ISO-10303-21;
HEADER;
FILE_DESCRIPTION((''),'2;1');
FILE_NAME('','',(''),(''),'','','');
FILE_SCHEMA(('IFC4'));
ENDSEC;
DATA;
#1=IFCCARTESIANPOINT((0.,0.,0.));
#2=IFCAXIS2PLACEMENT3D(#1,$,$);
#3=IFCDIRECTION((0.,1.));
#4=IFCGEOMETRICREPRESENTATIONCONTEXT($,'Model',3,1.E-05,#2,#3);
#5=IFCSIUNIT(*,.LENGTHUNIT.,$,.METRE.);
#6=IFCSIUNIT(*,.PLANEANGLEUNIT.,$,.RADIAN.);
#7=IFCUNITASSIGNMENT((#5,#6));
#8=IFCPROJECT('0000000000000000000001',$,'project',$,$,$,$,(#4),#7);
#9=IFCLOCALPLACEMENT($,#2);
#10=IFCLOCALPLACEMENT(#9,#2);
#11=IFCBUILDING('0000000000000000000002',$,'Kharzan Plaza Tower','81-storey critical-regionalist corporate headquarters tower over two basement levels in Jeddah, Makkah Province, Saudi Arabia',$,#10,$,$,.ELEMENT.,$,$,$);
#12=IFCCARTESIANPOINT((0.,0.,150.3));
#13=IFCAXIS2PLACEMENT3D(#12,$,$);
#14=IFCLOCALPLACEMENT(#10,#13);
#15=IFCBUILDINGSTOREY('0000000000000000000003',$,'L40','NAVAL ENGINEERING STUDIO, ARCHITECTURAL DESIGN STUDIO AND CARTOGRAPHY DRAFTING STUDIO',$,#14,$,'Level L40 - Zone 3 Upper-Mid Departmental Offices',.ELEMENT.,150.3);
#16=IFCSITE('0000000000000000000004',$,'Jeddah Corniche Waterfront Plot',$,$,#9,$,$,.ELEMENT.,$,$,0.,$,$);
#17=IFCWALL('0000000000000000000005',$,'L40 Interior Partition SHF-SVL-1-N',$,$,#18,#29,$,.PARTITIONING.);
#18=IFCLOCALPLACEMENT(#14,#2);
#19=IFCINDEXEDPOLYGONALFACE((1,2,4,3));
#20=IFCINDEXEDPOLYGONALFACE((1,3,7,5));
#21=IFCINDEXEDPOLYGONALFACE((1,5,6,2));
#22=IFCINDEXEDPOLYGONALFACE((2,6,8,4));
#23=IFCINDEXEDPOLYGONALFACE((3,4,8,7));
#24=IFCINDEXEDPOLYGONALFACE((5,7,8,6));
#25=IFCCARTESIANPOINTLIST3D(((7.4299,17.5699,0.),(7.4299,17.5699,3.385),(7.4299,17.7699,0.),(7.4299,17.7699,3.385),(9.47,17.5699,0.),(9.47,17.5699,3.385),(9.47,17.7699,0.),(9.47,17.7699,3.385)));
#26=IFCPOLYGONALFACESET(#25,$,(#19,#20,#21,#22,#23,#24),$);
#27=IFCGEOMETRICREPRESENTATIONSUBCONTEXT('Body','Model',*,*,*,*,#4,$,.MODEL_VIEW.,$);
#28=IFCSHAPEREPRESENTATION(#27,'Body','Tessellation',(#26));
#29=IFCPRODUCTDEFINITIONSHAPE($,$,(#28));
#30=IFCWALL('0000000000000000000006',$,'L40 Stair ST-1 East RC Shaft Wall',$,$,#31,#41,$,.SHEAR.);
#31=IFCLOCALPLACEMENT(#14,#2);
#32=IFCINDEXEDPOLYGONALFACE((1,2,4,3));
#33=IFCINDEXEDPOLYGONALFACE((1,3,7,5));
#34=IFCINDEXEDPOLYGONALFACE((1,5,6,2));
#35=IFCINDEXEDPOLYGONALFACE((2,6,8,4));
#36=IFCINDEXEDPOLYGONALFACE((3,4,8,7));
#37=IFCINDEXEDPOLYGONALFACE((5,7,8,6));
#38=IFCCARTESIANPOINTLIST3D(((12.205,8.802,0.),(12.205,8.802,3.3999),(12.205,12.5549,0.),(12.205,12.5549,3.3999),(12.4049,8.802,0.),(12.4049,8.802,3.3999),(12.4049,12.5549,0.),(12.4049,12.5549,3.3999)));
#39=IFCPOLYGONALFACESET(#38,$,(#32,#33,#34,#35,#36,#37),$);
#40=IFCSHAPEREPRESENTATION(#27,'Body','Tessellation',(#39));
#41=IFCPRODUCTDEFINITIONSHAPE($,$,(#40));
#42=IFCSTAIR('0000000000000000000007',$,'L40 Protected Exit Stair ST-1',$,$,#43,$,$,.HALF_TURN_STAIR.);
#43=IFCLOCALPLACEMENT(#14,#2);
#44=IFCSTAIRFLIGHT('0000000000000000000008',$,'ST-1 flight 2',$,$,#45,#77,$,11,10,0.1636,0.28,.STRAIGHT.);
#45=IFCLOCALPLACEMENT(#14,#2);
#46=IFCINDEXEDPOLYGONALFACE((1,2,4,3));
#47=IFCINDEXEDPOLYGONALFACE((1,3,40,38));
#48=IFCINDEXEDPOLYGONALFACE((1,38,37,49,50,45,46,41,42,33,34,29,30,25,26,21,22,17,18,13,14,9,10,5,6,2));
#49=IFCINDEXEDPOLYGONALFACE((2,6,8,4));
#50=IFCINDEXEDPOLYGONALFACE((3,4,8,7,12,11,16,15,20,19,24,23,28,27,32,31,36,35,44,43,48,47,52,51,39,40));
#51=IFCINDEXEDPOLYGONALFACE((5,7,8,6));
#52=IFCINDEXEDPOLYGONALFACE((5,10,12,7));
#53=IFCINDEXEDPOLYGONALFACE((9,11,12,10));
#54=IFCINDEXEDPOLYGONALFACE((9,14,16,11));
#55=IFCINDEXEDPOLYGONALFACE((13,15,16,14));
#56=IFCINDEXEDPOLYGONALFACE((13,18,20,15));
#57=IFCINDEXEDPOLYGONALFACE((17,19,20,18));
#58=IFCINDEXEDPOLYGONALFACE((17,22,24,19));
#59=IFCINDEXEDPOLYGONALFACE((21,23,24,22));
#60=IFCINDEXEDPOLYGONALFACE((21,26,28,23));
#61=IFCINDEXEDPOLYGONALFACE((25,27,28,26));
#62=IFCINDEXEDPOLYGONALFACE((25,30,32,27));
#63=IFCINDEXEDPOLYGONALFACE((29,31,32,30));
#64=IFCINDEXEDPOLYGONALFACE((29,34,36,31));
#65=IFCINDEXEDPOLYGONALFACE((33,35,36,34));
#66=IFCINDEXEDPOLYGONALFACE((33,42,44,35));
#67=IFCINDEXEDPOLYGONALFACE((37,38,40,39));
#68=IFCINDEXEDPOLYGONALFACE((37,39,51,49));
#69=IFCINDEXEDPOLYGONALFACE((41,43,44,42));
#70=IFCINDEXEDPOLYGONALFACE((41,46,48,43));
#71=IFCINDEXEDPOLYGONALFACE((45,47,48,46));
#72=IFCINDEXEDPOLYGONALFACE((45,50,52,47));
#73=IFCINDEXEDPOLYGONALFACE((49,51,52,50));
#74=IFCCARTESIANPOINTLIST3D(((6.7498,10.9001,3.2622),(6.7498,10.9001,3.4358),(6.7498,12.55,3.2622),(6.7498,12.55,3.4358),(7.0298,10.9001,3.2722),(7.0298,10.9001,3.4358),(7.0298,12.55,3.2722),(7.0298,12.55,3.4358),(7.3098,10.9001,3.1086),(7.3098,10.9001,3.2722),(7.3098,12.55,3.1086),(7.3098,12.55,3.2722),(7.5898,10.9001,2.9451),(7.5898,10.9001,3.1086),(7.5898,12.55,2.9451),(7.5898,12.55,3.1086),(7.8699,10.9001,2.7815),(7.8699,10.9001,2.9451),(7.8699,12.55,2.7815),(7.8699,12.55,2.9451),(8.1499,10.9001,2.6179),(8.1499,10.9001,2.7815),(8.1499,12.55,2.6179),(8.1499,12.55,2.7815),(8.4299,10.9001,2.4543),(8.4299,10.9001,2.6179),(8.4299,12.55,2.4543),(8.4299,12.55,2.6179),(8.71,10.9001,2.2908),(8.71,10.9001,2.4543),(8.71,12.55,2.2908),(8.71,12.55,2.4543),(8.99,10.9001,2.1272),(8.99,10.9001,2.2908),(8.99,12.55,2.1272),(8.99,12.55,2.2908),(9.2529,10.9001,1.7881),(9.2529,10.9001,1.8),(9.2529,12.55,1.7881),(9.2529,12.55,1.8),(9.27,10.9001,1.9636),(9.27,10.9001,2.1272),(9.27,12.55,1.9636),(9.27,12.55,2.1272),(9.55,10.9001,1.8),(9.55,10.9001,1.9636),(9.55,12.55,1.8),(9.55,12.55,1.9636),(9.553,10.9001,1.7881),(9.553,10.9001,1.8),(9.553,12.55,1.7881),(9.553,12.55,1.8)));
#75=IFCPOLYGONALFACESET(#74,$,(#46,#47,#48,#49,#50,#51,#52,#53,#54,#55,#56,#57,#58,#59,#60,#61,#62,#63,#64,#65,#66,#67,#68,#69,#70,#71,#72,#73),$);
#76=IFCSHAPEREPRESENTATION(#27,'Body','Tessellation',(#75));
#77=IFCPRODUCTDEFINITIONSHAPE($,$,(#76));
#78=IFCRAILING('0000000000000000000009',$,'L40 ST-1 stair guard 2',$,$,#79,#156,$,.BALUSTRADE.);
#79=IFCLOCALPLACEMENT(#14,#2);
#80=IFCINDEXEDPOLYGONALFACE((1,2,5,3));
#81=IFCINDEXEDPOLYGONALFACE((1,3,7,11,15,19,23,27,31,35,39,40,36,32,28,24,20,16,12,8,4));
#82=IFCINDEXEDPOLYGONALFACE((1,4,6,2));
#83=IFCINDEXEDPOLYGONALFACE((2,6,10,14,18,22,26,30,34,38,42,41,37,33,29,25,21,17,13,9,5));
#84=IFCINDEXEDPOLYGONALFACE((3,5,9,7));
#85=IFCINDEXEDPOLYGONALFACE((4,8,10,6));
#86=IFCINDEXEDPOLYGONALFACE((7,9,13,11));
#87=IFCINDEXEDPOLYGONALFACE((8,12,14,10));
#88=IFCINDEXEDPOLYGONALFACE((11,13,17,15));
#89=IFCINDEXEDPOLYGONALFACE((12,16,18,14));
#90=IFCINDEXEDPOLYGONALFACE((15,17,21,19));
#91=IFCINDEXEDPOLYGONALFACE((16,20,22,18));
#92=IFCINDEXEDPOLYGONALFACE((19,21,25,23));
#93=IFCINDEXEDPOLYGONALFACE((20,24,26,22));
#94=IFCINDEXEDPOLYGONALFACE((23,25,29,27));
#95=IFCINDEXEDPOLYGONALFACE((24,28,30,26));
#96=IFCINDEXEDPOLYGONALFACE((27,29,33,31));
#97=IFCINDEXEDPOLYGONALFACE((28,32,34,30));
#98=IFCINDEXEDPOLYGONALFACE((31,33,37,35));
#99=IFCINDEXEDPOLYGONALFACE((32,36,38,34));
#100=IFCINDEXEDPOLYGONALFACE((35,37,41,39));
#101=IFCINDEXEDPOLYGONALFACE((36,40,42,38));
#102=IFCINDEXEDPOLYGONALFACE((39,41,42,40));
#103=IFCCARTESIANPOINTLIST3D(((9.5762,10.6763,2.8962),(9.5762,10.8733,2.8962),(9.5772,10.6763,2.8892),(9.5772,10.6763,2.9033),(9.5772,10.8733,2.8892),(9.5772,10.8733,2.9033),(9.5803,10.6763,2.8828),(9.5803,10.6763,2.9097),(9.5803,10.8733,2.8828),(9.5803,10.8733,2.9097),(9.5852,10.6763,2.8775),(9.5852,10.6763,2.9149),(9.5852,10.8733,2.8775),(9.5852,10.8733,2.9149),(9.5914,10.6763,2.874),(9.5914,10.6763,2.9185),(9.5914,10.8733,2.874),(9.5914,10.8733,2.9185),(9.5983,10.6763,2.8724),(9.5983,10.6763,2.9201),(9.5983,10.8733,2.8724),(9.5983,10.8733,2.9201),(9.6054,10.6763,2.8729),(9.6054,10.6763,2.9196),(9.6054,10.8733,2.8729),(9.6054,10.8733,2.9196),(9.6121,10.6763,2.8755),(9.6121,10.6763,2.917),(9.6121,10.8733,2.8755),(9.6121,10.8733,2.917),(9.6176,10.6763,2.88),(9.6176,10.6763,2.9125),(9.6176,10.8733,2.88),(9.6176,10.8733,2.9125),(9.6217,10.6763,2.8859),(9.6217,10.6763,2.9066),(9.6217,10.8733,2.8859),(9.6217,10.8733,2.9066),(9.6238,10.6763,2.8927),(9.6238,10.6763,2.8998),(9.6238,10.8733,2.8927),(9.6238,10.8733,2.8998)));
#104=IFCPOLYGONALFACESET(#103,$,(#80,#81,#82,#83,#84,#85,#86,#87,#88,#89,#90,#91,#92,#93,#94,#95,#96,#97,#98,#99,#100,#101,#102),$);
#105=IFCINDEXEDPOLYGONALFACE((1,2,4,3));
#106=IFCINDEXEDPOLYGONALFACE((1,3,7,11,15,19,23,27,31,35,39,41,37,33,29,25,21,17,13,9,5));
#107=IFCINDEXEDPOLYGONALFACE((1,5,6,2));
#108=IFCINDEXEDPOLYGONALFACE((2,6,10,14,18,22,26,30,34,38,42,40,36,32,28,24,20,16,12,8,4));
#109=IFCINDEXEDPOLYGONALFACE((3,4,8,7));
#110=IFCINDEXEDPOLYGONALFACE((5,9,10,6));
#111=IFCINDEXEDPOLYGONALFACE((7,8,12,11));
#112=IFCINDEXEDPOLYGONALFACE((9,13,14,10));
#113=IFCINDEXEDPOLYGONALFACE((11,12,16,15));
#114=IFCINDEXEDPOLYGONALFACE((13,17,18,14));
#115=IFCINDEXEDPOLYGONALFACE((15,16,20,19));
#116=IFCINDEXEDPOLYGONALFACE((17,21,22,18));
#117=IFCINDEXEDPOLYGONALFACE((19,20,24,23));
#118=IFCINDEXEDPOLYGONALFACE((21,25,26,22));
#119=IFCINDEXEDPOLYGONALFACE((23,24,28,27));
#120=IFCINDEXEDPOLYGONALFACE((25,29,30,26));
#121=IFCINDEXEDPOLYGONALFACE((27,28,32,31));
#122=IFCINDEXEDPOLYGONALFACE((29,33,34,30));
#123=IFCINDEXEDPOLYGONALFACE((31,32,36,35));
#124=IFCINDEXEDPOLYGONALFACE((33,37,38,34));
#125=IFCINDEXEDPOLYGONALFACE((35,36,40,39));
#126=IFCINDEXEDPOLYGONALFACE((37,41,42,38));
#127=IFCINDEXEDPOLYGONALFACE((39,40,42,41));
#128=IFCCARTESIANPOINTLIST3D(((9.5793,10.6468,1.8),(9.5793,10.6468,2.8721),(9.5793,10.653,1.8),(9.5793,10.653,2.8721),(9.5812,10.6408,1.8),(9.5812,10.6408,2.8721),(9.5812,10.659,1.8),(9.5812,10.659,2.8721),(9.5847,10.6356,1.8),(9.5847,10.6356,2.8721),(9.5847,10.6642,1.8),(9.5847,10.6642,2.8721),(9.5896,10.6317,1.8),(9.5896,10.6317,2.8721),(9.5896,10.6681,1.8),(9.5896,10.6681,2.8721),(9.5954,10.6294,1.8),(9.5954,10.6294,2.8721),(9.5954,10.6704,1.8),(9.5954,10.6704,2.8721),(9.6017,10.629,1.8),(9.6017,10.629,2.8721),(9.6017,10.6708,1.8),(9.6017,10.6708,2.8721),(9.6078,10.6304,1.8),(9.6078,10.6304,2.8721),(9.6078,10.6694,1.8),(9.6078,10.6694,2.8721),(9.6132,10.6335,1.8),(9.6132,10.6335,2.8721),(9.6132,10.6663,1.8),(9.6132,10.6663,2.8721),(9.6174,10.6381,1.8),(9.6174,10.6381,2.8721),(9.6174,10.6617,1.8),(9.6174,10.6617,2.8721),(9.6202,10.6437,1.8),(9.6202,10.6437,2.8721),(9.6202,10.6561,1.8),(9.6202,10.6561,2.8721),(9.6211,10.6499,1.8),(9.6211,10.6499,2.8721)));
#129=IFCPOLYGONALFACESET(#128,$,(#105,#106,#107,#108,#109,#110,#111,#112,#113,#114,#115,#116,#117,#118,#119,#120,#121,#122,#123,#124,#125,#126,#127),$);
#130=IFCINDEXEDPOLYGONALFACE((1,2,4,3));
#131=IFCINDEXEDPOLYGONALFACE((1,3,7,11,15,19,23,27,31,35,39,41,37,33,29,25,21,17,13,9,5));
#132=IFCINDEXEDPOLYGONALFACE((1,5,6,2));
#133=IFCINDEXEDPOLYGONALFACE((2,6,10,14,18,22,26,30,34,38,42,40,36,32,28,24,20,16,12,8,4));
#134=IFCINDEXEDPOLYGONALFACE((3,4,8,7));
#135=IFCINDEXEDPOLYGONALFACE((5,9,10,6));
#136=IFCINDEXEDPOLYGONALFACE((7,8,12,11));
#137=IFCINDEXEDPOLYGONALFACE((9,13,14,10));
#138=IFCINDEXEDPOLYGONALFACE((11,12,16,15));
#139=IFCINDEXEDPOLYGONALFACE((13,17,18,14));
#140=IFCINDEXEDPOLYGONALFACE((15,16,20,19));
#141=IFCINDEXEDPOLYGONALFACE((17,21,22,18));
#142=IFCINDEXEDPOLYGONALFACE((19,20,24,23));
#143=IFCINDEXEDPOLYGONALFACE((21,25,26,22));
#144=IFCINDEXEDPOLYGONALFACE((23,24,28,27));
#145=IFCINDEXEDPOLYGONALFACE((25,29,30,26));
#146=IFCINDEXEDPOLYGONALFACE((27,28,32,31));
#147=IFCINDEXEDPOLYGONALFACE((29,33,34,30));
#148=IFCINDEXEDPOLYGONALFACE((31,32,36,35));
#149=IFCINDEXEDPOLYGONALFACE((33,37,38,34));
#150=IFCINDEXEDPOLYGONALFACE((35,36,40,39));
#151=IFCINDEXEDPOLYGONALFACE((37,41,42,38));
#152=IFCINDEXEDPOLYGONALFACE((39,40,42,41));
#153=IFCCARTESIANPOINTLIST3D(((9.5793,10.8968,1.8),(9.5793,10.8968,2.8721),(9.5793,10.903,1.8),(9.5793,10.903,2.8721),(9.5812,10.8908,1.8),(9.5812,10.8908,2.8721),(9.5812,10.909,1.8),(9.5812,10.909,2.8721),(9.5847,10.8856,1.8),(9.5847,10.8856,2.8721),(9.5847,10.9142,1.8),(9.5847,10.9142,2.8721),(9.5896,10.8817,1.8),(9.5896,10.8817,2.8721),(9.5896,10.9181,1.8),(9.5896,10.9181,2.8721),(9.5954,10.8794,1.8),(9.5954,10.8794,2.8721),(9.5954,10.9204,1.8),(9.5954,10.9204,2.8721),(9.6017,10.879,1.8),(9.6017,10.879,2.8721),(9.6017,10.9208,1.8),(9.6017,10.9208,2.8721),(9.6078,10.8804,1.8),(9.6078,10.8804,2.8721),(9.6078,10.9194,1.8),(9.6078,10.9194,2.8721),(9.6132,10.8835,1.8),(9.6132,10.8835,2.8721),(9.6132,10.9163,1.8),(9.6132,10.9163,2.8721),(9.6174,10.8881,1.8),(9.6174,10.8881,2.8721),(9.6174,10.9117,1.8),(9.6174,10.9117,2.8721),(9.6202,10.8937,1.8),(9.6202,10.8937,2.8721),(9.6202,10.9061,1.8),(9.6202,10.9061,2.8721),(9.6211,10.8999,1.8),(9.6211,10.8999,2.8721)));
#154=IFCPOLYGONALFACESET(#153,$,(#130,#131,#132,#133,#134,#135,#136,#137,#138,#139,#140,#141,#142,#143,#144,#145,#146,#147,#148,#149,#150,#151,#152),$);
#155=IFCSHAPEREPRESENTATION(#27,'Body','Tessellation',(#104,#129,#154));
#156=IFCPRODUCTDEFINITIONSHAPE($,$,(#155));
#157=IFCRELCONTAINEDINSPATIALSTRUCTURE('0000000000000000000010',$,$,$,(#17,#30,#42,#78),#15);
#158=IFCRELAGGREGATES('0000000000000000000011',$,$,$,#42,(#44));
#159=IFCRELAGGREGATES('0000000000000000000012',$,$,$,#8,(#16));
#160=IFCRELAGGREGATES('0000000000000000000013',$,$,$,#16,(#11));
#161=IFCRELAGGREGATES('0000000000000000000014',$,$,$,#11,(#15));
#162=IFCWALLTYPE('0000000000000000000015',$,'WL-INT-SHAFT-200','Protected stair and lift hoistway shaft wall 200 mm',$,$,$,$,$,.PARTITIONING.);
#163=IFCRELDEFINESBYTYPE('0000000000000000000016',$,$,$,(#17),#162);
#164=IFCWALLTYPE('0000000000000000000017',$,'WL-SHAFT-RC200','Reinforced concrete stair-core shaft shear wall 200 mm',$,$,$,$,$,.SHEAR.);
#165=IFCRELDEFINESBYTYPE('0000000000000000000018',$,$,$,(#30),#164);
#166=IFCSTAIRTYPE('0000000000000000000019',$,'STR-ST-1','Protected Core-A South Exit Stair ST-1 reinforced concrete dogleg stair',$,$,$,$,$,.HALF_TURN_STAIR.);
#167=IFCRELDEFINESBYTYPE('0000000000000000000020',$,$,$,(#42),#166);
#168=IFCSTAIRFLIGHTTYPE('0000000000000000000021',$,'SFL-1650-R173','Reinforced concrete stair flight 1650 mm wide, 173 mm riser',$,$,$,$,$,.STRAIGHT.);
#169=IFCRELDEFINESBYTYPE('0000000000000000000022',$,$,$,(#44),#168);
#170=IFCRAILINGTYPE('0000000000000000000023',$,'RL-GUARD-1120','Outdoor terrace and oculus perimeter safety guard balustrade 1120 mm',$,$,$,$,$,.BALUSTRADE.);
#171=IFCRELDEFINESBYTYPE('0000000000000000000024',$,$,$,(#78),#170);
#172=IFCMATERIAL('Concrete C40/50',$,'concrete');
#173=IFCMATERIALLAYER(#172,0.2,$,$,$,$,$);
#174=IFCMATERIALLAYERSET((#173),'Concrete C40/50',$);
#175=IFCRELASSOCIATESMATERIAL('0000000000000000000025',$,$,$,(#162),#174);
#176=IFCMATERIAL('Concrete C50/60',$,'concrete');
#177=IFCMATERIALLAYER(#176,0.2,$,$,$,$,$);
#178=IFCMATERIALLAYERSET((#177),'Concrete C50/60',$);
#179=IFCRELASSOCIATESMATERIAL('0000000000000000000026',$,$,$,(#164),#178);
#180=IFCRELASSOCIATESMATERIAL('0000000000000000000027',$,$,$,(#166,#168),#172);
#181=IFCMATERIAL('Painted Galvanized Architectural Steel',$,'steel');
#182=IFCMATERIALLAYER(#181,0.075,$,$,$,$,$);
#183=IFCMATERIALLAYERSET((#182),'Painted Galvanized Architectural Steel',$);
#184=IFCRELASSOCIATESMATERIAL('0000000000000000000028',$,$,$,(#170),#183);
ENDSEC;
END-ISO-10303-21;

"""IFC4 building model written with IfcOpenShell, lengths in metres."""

from ifc_helpers import new_model, si_unit, direction, frame, frame_2d, origin, origin_2d, place, context, subcontext, project, spatial, polyline, rectangle, circle, outline, extrude, source, transform, mapped, material, layer, layer_set, type_object, element, aggregate, save


model = new_model("IFC4")

# Units and contexts
model_context = context("Model", 3, precision=1e-05, world=origin(), true_north=direction((0.0, 1.0)))
body_context = subcontext(model_context, "Body", "Model", "MODEL_VIEW")
ifc_project = project(units=[si_unit("LENGTHUNIT", "METRE"), si_unit("PLANEANGLEUNIT", "RADIAN")], contexts=[model_context])

# Site, building, storey
site_placement = place(None, origin())
site = spatial("IfcSite", under=ifc_project, at=site_placement, Name="Jeddah Corniche Waterfront Plot", CompositionType="ELEMENT", RefElevation=0.0)
building_placement = place(site_placement, origin())
building = spatial("IfcBuilding", under=site, at=building_placement, Name="Kharzan Plaza Tower", Description="81-storey critical-regionalist corporate headquarters tower over two basement levels in Jeddah, Makkah Province, Saudi Arabia", CompositionType="ELEMENT")
storey_placement = place(building_placement, frame((0.0, 0.0, 150.3)))
storey = spatial("IfcBuildingStorey", under=building, at=storey_placement, Name="L40", Description="NAVAL ENGINEERING STUDIO, ARCHITECTURAL DESIGN STUDIO AND CARTOGRAPHY DRAFTING STUDIO", LongName="Level L40 - Zone 3 Upper-Mid Departmental Offices", CompositionType="ELEMENT", Elevation=150.3)

# Shared definitions
ifc_material_1 = material(Name="Concrete C40/50", Category="concrete")
ifc_layer_1 = layer(ifc_material_1, 0.2)
ifc_layer_set_1 = layer_set([ifc_layer_1], Name="Concrete C40/50")
wall_type_1 = type_object("IfcWallType", Name="WL-INT-SHAFT-200", Description="Protected stair and lift hoistway shaft wall 200 mm", PredefinedType="PARTITIONING", material=ifc_layer_set_1)

# Walls
ifc_material_2 = material(Name="Concrete C50/60", Category="concrete")
shared_shape_1 = source(origin(), body_context, "Body", "SweptSolid", [
    extrude(rectangle(XDim=2.04, YDim=0.2, at=frame_2d((1.02, 0.0))), origin(), (0.0, 0.0, 1.0), 3.385),
])
wall_1_placement = place(storey_placement, frame((7.4299, 17.6699, 0.0), z_axis=(0.0, 0.0, 1.0), x_axis=(1.0, 0.0, 0.0)))
element("IfcWall", 1, at=wall_1_placement, inside=storey, type_object=wall_type_1, Name="L40 Interior Partition SHF-SVL-1-N", PredefinedType="PARTITIONING", context=body_context, shape_type="MappedRepresentation", body=[
    mapped(shared_shape_1, transform((0.0, 0.0, 0.0), x_axis=(1.0, 0.0, 0.0), y_axis=(0.0, 1.0, 0.0), z_axis=(0.0, 0.0, 1.0))),
])
ifc_layer_2 = layer(ifc_material_2, 0.2)
ifc_layer_set_2 = layer_set([ifc_layer_2], Name="Concrete C50/60")
wall_type_2 = type_object("IfcWallType", Name="WL-SHAFT-RC200", Description="Reinforced concrete stair-core shaft shear wall 200 mm", PredefinedType="SHEAR", material=ifc_layer_set_2)
shared_shape_2 = source(origin(), body_context, "Body", "SweptSolid", [
    extrude(rectangle(XDim=3.7529, YDim=0.2, at=frame_2d((1.8765, 0.0))), origin(), (0.0, 0.0, 1.0), 3.3999),
])
wall_2_placement = place(storey_placement, frame((12.3049, 8.802, 0.0), z_axis=(0.0, 0.0, 1.0), x_axis=(0.0, 1.0, 0.0)))
element("IfcWall", 2, at=wall_2_placement, inside=storey, type_object=wall_type_2, Name="L40 Stair ST-1 East RC Shaft Wall", PredefinedType="SHEAR", context=body_context, shape_type="MappedRepresentation", body=[
    mapped(shared_shape_2, transform((0.0, 0.0, 0.0), x_axis=(1.0, 0.0, 0.0), y_axis=(0.0, 1.0, 0.0), z_axis=(0.0, 0.0, 1.0))),
])

# Stair, stair flight
stair_type = type_object("IfcStairType", Name="STR-ST-1", Description="Protected Core-A South Exit Stair ST-1 reinforced concrete dogleg stair", PredefinedType="HALF_TURN_STAIR", material=ifc_material_1)
stair_placement = place(storey_placement, origin())
stair = element("IfcStair", 3, at=stair_placement, inside=storey, type_object=stair_type, Name="L40 Protected Exit Stair ST-1", PredefinedType="HALF_TURN_STAIR")
stair_flight_type = type_object("IfcStairFlightType", Name="SFL-1650-R173", Description="Reinforced concrete stair flight 1650 mm wide, 173 mm riser", PredefinedType="STRAIGHT", material=ifc_material_1)
shared_shape_3 = source(origin(), body_context, "Body", "SweptSolid", [
    extrude(outline(polyline([(-0.0029, -0.012), (-0.0029, 0.0), (0.0, 0.0), (0.0, 0.1636), (0.28, 0.1636), (0.28, 0.3271), (0.5601, 0.3271), (0.5601, 0.4907), (0.8401, 0.4907), (0.8401, 0.6543), (1.1201, 0.6543), (1.1201, 0.8179), (1.4001, 0.8179), (1.4001, 0.9814), (1.6802, 0.9814), (1.6802, 1.145), (1.9602, 1.145), (1.9602, 1.3086), (2.2402, 1.3086), (2.2402, 1.4722), (2.5203, 1.4722), (2.5203, 1.6357), (2.8003, 1.6357), (2.8003, 1.7993), (2.8003, 1.4622), (0.2971, 0.0), (0.2971, -0.012), (-0.0029, -0.012)])), frame((0.0, 0.825, 0.0), z_axis=(0.0, -1.0, 0.0), x_axis=(1.0, 0.0, 0.0)), (0.0, 0.0, 1.0), 1.6499),
])
stair_flight_placement = place(storey_placement, frame((9.55, 11.7251, 1.8), z_axis=(0.0, 0.0, 1.0), x_axis=(-1.0, 0.0, 0.0)))
stair_flight = element("IfcStairFlight", 4, at=stair_flight_placement, type_object=stair_flight_type, Name="ST-1 flight 2", NumberOfRisers=11, NumberOfTreads=10, PredefinedType="STRAIGHT", RiserHeight=0.1636, TreadLength=0.28, context=body_context, shape_type="MappedRepresentation", body=[
    mapped(shared_shape_3, transform((0.0, 0.0, 0.0), x_axis=(1.0, 0.0, 0.0), y_axis=(0.0, 1.0, 0.0), z_axis=(0.0, 0.0, 1.0))),
])
aggregate(stair, [stair_flight])

# Railing
ifc_material_3 = material(Name="Painted Galvanized Architectural Steel", Category="steel")
ifc_layer_3 = layer(ifc_material_3, 0.075)
ifc_layer_set_3 = layer_set([ifc_layer_3], Name="Painted Galvanized Architectural Steel")
railing_type_1 = type_object("IfcRailingType", Name="RL-GUARD-1120", Description="Outdoor terrace and oculus perimeter safety guard balustrade 1120 mm", PredefinedType="BALUSTRADE", material=ifc_layer_set_3)
shared_shape_4 = source(origin(), body_context, "Body", "SweptSolid", [
    extrude(circle(Radius=0.0239, at=origin_2d()), frame((0.0, 0.0264, 1.0962), z_axis=(0.0, 1.0, 0.0), x_axis=(-1.0, 0.0, 0.0)), (0.0, 0.0, 1.0), 0.197),
    extrude(circle(Radius=0.021, at=origin_2d()), origin(), (0.0, 0.0, 1.0), 1.072),
    extrude(circle(Radius=0.021, at=origin_2d()), frame((0.0, 0.25, 0.0)), (0.0, 0.0, 1.0), 1.072),
])
railing_1_placement = place(storey_placement, frame((9.6001, 10.6499, 1.8)))
element("IfcRailing", 5, at=railing_1_placement, inside=storey, type_object=railing_type_1, Name="L40 ST-1 stair guard 2", PredefinedType="BALUSTRADE", context=body_context, shape_type="MappedRepresentation", body=[
    mapped(shared_shape_4, transform((0.0, 0.0, 0.0), x_axis=(1.0, 0.0, 0.0), y_axis=(0.0, 1.0, 0.0), z_axis=(0.0, 0.0, 1.0))),
])

save(model, "model.ifc")
